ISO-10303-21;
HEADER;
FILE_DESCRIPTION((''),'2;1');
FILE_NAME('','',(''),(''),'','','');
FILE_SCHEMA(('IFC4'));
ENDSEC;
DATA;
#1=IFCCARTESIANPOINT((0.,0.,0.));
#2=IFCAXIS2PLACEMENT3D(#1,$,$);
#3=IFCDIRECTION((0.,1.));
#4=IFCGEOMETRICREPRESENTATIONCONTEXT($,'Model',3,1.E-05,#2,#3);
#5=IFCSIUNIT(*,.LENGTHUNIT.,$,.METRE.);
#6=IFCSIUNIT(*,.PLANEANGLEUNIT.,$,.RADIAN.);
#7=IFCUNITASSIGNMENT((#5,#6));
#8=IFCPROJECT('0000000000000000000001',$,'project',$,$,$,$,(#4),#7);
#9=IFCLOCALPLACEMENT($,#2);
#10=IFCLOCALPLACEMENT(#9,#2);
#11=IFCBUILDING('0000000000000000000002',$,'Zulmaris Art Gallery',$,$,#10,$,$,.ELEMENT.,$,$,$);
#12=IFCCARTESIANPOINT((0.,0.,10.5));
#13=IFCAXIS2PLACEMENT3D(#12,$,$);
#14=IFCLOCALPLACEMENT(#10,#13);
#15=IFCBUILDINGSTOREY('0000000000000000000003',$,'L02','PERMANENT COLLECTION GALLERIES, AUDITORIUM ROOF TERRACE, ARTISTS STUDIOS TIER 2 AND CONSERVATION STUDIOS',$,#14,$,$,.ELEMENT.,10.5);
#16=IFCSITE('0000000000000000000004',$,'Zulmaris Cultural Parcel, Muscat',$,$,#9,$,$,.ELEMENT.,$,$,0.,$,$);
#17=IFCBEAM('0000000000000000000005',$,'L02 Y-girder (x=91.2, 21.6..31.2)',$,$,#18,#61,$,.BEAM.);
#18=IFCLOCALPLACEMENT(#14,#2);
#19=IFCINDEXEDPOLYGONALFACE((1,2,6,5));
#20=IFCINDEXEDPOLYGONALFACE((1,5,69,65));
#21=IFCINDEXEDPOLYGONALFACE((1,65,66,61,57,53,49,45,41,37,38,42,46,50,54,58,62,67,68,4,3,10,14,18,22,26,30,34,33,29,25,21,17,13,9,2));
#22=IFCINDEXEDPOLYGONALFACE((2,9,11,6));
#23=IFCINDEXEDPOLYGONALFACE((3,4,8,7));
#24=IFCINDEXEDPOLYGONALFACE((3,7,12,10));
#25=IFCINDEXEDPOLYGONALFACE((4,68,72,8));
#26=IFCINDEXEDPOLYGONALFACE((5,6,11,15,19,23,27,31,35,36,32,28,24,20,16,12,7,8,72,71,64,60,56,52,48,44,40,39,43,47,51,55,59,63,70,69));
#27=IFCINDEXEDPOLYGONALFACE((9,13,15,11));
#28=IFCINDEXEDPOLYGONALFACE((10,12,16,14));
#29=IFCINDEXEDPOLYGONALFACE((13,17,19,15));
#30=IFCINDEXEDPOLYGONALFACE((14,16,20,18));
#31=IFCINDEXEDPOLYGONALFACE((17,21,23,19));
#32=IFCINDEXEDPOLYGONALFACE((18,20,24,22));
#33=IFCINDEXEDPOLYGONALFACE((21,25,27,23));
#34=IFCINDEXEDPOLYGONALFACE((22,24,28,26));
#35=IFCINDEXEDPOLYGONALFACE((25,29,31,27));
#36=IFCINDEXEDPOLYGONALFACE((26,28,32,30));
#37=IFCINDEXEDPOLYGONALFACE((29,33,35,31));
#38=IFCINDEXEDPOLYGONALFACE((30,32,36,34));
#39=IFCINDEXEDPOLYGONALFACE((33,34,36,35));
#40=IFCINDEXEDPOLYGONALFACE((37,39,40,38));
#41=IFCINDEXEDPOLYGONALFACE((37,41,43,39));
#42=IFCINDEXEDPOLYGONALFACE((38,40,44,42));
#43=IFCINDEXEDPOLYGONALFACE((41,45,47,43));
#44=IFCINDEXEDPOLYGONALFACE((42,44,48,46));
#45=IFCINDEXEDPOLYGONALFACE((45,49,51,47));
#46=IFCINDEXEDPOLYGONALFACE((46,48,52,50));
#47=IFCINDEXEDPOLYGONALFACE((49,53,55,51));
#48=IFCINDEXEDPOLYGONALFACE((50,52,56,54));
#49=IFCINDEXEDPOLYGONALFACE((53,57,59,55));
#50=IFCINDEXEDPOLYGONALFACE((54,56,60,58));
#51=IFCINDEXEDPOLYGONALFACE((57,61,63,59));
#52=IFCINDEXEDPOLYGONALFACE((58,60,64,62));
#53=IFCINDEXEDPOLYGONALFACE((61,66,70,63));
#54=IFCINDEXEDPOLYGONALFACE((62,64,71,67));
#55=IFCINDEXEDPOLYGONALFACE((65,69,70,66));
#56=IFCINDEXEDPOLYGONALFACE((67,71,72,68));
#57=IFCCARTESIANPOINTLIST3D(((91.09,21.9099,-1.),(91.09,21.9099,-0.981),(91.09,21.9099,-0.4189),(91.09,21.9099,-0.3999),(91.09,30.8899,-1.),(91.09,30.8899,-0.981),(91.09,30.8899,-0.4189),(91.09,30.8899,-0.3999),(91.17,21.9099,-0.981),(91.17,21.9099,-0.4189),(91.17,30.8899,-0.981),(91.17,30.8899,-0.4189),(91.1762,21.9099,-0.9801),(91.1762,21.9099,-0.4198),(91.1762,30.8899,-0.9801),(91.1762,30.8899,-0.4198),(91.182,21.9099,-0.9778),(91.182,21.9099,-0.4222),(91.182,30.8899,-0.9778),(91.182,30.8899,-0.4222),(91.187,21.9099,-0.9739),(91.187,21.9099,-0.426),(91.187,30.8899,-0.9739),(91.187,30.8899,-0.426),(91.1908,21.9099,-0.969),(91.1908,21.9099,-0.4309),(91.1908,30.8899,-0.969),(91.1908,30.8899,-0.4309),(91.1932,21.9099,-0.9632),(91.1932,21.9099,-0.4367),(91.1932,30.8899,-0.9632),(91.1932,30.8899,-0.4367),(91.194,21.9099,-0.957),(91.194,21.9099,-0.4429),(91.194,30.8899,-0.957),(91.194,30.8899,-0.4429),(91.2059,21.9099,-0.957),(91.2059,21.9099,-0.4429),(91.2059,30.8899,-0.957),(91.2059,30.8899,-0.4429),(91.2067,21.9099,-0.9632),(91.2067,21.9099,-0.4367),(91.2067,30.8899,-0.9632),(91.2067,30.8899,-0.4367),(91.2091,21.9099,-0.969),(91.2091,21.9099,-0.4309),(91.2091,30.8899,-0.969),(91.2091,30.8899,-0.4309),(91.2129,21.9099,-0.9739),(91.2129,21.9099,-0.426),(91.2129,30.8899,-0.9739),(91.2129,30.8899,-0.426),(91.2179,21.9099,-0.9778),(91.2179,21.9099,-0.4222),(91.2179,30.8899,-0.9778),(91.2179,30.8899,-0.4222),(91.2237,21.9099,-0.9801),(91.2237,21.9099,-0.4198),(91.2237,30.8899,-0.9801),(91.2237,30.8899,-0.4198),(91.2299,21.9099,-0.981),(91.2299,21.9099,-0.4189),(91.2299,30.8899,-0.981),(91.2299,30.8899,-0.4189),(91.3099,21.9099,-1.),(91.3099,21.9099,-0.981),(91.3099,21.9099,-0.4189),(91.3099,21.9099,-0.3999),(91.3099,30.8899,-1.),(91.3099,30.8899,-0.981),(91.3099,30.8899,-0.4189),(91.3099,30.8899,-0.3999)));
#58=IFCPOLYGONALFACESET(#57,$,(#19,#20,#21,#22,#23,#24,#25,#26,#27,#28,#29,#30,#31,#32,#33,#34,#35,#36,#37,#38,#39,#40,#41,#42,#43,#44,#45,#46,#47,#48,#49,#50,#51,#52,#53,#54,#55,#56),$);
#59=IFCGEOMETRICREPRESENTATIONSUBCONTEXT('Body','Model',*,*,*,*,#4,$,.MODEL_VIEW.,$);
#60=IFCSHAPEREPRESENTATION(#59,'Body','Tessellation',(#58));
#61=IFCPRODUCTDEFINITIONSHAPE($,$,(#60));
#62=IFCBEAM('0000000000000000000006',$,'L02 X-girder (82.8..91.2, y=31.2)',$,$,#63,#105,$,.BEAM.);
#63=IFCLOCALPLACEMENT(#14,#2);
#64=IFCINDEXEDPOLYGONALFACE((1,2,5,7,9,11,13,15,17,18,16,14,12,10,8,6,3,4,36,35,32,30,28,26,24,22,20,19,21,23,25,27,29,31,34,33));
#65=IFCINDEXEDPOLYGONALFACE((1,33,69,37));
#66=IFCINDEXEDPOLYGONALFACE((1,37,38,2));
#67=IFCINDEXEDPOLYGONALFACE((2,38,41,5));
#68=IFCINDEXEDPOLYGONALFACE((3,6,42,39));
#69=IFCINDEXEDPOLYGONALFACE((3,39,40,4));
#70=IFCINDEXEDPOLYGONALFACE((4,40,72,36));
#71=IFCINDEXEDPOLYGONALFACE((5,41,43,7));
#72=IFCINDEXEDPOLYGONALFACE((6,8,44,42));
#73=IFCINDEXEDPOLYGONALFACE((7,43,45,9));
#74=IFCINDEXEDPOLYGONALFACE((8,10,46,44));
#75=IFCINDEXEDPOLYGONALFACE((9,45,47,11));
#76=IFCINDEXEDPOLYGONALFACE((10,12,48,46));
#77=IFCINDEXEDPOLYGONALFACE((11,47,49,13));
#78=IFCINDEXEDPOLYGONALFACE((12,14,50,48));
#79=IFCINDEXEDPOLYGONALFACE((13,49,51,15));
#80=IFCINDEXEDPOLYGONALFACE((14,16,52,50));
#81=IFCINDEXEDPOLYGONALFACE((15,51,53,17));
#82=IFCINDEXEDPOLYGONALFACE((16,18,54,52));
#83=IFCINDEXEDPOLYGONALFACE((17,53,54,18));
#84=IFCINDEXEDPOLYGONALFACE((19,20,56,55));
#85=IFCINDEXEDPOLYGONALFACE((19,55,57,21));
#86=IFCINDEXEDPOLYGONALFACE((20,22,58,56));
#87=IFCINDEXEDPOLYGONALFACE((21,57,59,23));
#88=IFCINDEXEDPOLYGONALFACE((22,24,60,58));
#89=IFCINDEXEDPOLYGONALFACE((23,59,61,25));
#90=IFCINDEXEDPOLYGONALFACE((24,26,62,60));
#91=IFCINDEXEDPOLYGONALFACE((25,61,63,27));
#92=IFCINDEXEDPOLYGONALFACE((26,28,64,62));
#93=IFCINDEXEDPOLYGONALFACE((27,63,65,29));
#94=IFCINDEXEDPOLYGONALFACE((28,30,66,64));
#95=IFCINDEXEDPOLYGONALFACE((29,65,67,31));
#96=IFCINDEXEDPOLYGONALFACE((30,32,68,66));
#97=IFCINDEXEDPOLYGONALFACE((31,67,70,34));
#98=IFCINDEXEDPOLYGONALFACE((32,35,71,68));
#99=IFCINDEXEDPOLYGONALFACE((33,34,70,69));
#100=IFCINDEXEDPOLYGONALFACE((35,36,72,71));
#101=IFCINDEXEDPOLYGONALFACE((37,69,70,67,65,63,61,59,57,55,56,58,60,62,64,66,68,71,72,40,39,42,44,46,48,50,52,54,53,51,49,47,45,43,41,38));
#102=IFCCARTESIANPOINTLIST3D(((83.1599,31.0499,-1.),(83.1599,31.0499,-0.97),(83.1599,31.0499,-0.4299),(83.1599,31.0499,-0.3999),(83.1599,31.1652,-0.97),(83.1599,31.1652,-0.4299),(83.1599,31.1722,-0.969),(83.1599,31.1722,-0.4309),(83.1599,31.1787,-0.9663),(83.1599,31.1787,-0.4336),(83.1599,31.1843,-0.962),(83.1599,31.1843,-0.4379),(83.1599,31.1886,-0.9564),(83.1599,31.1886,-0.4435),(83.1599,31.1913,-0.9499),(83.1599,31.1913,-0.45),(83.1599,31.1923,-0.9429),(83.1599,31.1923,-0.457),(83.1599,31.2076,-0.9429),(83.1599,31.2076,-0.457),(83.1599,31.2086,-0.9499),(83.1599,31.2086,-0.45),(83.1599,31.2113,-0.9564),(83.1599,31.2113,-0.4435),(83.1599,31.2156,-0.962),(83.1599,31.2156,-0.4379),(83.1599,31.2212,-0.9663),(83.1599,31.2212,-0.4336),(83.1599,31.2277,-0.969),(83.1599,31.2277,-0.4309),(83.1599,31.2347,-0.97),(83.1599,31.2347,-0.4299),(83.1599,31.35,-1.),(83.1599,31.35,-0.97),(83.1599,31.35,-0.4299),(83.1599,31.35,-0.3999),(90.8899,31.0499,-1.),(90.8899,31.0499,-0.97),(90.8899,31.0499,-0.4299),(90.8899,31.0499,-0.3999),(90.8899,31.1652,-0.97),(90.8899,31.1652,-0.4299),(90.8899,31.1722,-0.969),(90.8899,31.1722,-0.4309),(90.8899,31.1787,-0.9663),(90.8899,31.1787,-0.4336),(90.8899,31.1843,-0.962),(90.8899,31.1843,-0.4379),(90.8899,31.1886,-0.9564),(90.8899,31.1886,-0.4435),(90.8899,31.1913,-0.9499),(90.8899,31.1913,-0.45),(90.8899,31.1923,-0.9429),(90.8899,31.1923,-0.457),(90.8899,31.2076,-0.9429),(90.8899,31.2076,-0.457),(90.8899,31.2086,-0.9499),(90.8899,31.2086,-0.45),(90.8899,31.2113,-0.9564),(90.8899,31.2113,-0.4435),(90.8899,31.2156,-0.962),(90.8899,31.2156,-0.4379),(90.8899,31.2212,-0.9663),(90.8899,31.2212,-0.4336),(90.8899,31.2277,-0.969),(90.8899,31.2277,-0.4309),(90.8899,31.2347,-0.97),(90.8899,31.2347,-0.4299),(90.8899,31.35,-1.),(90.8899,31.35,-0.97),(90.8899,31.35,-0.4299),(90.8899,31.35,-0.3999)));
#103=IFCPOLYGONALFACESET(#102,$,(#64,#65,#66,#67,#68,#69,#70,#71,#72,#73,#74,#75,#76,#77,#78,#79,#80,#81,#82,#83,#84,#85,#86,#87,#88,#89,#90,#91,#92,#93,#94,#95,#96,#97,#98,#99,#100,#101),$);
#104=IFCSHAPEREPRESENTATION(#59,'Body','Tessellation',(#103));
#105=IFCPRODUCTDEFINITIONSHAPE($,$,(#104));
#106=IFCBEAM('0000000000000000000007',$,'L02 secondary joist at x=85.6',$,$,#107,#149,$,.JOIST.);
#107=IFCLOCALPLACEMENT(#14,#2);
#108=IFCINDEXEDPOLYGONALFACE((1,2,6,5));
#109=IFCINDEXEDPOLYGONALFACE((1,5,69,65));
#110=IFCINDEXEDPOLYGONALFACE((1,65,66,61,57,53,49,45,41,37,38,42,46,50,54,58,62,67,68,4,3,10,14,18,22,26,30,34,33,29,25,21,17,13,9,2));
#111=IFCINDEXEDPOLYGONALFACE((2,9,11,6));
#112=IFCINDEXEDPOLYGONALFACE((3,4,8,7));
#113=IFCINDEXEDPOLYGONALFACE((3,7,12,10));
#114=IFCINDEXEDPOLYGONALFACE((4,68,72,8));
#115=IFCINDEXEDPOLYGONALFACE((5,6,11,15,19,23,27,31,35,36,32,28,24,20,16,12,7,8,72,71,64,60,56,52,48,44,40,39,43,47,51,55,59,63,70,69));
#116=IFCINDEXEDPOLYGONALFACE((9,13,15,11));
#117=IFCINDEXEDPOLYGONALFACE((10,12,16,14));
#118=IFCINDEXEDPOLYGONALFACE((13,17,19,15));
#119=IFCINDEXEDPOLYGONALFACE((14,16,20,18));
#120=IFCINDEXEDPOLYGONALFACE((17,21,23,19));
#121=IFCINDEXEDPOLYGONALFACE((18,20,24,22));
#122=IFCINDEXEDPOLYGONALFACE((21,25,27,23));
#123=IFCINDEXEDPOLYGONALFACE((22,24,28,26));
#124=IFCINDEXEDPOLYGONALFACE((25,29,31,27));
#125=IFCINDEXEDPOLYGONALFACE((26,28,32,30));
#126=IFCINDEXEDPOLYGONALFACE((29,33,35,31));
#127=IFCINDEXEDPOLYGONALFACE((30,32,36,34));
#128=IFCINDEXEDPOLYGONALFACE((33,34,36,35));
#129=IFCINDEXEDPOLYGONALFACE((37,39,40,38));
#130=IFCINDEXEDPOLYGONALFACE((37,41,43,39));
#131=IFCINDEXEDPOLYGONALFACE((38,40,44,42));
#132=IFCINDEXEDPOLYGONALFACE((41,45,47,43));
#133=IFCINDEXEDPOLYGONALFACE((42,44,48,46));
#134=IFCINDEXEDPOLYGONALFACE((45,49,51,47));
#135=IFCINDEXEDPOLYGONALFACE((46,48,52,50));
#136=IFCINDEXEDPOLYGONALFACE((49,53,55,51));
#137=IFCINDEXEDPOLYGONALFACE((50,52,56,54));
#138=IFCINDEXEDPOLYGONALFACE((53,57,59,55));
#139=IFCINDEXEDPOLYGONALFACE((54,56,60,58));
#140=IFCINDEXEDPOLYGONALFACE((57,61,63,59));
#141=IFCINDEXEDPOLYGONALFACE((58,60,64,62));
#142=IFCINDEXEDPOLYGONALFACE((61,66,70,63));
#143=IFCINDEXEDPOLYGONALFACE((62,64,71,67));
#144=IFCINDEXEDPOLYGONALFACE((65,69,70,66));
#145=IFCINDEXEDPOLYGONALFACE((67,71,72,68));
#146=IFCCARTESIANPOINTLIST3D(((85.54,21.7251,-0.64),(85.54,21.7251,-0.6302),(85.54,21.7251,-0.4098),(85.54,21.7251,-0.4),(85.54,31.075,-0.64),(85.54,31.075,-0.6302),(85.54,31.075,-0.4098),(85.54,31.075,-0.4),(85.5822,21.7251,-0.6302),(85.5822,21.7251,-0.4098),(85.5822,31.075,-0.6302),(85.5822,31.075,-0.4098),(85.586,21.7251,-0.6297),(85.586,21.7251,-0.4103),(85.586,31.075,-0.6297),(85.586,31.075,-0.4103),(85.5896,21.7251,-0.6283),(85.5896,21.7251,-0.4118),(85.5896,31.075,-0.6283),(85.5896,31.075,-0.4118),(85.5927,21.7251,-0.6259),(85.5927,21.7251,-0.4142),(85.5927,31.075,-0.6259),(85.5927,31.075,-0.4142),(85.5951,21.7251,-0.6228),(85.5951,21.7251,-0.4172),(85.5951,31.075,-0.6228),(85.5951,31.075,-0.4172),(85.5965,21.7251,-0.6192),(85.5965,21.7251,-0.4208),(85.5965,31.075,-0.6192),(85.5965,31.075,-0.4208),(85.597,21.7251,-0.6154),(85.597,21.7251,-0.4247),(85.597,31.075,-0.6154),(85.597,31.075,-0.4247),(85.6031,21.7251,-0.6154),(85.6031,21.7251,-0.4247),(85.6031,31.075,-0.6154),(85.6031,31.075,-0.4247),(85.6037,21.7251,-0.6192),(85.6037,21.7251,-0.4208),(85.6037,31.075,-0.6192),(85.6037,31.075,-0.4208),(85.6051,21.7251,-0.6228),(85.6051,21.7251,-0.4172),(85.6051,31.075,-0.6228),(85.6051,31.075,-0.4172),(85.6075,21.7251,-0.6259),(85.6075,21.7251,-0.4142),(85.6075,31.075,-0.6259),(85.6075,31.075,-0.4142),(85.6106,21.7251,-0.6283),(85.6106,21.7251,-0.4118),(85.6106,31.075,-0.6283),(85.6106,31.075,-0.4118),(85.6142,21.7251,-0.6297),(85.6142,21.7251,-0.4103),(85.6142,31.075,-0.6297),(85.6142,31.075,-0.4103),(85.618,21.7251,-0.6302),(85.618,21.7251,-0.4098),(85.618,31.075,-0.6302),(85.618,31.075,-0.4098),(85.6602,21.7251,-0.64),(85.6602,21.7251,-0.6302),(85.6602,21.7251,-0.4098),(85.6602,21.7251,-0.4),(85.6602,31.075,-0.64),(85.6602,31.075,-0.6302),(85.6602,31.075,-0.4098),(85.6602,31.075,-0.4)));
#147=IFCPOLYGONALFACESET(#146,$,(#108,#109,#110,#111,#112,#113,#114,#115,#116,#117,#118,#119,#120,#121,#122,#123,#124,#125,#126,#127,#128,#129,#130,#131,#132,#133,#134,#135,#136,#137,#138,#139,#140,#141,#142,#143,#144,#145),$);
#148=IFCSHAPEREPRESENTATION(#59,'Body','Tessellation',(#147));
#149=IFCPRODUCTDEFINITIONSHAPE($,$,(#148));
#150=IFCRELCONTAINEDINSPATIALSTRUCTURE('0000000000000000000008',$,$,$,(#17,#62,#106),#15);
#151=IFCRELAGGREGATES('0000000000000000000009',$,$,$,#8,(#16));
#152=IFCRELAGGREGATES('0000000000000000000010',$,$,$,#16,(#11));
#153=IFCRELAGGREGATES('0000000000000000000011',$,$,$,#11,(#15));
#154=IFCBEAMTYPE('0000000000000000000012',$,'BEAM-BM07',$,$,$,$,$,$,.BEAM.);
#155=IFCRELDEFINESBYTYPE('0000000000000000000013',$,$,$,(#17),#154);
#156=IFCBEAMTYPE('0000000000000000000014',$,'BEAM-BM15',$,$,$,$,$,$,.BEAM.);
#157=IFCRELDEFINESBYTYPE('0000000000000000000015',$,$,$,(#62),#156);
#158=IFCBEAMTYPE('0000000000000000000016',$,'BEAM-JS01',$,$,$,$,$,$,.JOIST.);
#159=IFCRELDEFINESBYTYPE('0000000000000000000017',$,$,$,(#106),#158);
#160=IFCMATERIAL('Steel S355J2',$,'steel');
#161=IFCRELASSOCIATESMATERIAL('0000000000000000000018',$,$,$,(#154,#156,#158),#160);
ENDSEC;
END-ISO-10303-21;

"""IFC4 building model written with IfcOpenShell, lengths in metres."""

from ifc_helpers import new_model, si_unit, direction, frame, origin, origin_2d, place, context, subcontext, project, spatial, i_section, extrude, material, material_profile, profile_set, type_object, element, save


model = new_model("IFC4")

# Units and contexts
model_context = context("Model", 3, precision=1e-05, world=origin(), true_north=direction((0.0, 1.0)))
body_context = subcontext(model_context, "Body", "Model", "MODEL_VIEW")
ifc_project = project(units=[si_unit("LENGTHUNIT", "METRE"), si_unit("PLANEANGLEUNIT", "RADIAN")], contexts=[model_context])

# Site, building, storey
site_placement = place(None, origin())
site = spatial("IfcSite", under=ifc_project, at=site_placement, Name="Zulmaris Cultural Parcel, Muscat", CompositionType="ELEMENT", RefElevation=0.0)
building_placement = place(site_placement, origin())
building = spatial("IfcBuilding", under=site, at=building_placement, Name="Zulmaris Art Gallery", CompositionType="ELEMENT")
storey_placement = place(building_placement, frame((0.0, 0.0, 10.5)))
storey = spatial("IfcBuildingStorey", under=building, at=storey_placement, Name="L02", Description="PERMANENT COLLECTION GALLERIES, AUDITORIUM ROOF TERRACE, ARTISTS STUDIOS TIER 2 AND CONSERVATION STUDIOS", CompositionType="ELEMENT", Elevation=10.5)

# Beams
ifc_material_1 = material(Name="Steel S355J2", Category="steel")
ifc_material_profile_1 = material_profile(ifc_material_1, i_section(OverallWidth=0.22, OverallDepth=0.6001, WebThickness=0.012, FlangeThickness=0.019, FilletRadius=0.0239, at=origin_2d()), Name="IPE 600")
ifc_profile_set_1 = profile_set([ifc_material_profile_1], Name="Steel S355J2")
beam_type_1 = type_object("IfcBeamType", Name="BEAM-BM07", PredefinedType="BEAM", material=ifc_profile_set_1)
beam_1_placement = place(storey_placement, frame((91.2, 21.9099, -0.7), z_axis=(0.0, 1.0, 0.0), x_axis=(-1.0, 0.0, 0.0)))
element("IfcBeam", 1, at=beam_1_placement, inside=storey, type_object=beam_type_1, Name="L02 Y-girder (x=91.2, 21.6..31.2)", PredefinedType="BEAM", context=body_context, shape_type="SweptSolid", body=[
    extrude(i_section(OverallWidth=0.22, OverallDepth=0.6001, WebThickness=0.012, FlangeThickness=0.019, FilletRadius=0.0239, at=origin_2d()), origin(), (0.0, 0.0, 1.0), 8.98),
])
ifc_material_profile_2 = material_profile(ifc_material_1, i_section(OverallWidth=0.3, OverallDepth=0.6001, WebThickness=0.0154, FlangeThickness=0.03, FilletRadius=0.0271, at=origin_2d()), Name="HEB 600")
ifc_profile_set_2 = profile_set([ifc_material_profile_2], Name="Steel S355J2")
beam_type_2 = type_object("IfcBeamType", Name="BEAM-BM15", PredefinedType="BEAM", material=ifc_profile_set_2)
beam_2_placement = place(storey_placement, frame((83.1599, 31.2, -0.7), z_axis=(1.0, 0.0, 0.0), x_axis=(0.0, 1.0, 0.0)))
element("IfcBeam", 2, at=beam_2_placement, inside=storey, type_object=beam_type_2, Name="L02 X-girder (82.8..91.2, y=31.2)", PredefinedType="BEAM", context=body_context, shape_type="SweptSolid", body=[
    extrude(i_section(OverallWidth=0.3, OverallDepth=0.6001, WebThickness=0.0154, FlangeThickness=0.03, FilletRadius=0.0271, at=origin_2d()), origin(), (0.0, 0.0, 1.0), 7.73),
])
ifc_material_profile_3 = material_profile(ifc_material_1, i_section(OverallWidth=0.1201, OverallDepth=0.24, WebThickness=0.0061, FlangeThickness=0.0098, FilletRadius=0.0149, at=origin_2d()), Name="IPE 240")
ifc_profile_set_3 = profile_set([ifc_material_profile_3], Name="Steel S355J2")
beam_type_3 = type_object("IfcBeamType", Name="BEAM-JS01", PredefinedType="JOIST", material=ifc_profile_set_3)
beam_3_placement = place(storey_placement, frame((85.6001, 21.7251, -0.52), z_axis=(0.0, 1.0, 0.0), x_axis=(-1.0, 0.0, 0.0)))
element("IfcBeam", 3, at=beam_3_placement, inside=storey, type_object=beam_type_3, Name="L02 secondary joist at x=85.6", PredefinedType="JOIST", context=body_context, shape_type="SweptSolid", body=[
    extrude(i_section(OverallWidth=0.1201, OverallDepth=0.24, WebThickness=0.0061, FlangeThickness=0.0098, FilletRadius=0.0149, at=origin_2d()), origin(), (0.0, 0.0, 1.0), 9.3499),
])

save(model, "model.ifc")
